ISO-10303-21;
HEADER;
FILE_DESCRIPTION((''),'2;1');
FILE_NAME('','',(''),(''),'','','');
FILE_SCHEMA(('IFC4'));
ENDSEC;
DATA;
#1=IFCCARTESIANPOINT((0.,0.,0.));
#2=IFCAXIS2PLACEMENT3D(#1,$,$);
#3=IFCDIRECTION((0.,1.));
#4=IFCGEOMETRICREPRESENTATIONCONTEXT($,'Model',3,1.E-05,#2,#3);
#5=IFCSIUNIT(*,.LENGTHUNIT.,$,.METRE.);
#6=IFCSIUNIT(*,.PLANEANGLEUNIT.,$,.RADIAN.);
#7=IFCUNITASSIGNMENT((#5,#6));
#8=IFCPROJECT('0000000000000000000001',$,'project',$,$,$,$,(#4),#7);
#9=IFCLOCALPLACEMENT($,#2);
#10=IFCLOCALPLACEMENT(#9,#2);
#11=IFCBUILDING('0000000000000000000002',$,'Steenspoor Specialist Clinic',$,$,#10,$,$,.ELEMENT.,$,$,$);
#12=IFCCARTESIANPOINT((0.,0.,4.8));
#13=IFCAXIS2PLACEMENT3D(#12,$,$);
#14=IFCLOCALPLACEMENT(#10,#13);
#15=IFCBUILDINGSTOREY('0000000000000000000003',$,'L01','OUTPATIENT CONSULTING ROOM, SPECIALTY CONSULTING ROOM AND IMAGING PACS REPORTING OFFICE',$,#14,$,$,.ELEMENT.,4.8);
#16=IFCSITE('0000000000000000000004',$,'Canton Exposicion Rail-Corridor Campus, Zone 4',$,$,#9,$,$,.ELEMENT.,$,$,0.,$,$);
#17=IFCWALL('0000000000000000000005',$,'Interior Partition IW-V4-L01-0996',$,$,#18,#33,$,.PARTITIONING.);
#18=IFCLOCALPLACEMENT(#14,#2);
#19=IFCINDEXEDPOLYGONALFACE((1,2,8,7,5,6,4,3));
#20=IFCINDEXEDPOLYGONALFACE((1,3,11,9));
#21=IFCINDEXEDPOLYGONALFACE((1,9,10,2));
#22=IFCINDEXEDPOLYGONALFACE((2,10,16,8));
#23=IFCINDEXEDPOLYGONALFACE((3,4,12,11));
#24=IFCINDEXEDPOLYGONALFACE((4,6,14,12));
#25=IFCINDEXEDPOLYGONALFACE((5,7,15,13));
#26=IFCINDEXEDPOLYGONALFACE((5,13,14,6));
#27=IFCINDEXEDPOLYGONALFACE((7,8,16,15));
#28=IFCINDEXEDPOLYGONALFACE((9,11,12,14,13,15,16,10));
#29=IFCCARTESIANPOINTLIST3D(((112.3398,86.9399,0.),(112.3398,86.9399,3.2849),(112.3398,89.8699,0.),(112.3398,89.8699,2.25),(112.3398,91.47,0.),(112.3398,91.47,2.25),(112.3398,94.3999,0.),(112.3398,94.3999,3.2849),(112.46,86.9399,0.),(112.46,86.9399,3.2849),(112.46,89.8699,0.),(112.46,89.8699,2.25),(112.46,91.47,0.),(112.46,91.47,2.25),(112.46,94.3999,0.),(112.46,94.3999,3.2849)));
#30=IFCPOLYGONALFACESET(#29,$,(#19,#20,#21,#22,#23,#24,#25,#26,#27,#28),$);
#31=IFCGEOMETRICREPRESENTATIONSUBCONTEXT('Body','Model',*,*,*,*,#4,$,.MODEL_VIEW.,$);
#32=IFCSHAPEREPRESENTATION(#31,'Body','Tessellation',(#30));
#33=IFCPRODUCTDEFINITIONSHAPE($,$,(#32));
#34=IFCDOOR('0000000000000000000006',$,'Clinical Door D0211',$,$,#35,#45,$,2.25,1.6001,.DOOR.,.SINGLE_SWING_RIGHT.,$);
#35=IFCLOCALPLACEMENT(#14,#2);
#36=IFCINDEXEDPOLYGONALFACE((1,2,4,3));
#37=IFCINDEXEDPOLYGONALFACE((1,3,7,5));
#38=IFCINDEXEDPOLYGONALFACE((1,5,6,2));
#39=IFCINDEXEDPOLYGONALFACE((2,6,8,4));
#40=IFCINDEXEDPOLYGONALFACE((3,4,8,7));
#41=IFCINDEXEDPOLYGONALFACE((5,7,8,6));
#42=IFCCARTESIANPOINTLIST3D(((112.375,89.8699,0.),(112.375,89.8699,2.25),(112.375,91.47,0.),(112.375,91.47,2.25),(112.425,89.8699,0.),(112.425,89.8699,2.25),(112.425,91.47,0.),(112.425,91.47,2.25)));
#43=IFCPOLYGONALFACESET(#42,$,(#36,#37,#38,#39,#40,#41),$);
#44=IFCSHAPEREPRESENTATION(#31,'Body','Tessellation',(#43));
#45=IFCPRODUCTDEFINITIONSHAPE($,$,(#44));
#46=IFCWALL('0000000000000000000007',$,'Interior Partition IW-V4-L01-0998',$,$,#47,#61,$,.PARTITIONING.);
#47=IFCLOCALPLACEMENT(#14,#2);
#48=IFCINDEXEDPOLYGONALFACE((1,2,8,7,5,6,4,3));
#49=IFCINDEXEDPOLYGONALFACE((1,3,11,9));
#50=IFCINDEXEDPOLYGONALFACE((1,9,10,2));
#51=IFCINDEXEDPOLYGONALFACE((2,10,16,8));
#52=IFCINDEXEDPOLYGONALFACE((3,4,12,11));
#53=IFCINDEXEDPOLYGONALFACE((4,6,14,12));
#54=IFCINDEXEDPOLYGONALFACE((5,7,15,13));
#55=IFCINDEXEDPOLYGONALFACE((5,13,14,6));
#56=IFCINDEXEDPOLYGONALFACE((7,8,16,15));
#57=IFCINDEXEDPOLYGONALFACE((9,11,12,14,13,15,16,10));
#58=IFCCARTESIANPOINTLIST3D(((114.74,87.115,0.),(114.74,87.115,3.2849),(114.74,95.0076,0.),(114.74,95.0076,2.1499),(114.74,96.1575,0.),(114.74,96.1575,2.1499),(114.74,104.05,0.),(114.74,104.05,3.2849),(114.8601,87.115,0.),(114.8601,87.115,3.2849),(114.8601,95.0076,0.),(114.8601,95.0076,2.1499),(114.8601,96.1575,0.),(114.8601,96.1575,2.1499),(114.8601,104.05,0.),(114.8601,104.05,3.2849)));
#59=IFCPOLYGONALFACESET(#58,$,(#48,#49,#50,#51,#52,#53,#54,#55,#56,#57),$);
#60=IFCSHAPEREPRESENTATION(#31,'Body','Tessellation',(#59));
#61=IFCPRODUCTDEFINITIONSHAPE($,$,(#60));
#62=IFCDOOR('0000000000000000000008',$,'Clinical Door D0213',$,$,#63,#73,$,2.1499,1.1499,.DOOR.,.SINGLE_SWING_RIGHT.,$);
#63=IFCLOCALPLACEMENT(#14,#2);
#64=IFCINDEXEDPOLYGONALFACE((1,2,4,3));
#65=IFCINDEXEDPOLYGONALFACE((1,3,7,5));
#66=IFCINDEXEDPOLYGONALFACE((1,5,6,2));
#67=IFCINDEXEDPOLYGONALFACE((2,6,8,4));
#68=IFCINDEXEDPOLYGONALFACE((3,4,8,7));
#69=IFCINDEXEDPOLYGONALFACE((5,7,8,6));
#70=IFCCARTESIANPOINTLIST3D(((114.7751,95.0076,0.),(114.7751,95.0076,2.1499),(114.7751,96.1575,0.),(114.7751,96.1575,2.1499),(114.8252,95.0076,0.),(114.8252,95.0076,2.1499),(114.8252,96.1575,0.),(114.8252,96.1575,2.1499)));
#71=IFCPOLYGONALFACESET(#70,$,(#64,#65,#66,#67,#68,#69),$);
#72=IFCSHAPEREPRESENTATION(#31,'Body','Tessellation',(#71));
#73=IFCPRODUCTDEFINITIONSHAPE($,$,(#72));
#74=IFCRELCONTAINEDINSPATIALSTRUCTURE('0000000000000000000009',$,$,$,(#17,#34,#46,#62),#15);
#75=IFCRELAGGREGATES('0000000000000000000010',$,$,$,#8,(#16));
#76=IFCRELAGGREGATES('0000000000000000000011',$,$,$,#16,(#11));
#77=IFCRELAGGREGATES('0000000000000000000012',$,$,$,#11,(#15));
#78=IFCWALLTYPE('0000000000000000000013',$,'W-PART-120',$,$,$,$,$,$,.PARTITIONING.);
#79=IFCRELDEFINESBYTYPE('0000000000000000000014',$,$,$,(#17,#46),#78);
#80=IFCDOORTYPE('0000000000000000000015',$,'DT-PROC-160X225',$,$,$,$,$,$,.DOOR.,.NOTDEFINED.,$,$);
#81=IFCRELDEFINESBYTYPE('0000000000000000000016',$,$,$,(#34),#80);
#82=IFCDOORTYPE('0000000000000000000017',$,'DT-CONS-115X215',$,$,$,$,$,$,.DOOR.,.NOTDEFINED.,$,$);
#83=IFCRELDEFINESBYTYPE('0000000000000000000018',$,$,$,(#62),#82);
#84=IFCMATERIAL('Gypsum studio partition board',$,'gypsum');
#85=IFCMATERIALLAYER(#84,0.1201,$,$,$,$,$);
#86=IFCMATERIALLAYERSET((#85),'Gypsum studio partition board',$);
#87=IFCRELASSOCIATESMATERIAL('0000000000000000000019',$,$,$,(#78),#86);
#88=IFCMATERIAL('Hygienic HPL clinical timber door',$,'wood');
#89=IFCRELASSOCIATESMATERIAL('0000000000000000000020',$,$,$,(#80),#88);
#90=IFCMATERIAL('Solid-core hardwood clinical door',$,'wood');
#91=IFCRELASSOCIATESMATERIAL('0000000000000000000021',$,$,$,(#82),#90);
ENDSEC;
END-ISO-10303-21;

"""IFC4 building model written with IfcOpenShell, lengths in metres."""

from ifc_helpers import new_model, si_unit, direction, frame, frame_2d, origin, place, context, subcontext, project, spatial, rectangle, extrude, material, layer, layer_set, type_object, element, fill, save


model = new_model("IFC4")

# Units and contexts
model_context = context("Model", 3, precision=1e-05, world=origin(), true_north=direction((0.0, 1.0)))
body_context = subcontext(model_context, "Body", "Model", "MODEL_VIEW")
ifc_project = project(units=[si_unit("LENGTHUNIT", "METRE"), si_unit("PLANEANGLEUNIT", "RADIAN")], contexts=[model_context])

# Site, building, storey
site_placement = place(None, origin())
site = spatial("IfcSite", under=ifc_project, at=site_placement, Name="Canton Exposicion Rail-Corridor Campus, Zone 4", CompositionType="ELEMENT", RefElevation=0.0)
building_placement = place(site_placement, origin())
building = spatial("IfcBuilding", under=site, at=building_placement, Name="Steenspoor Specialist Clinic", CompositionType="ELEMENT")
storey_placement = place(building_placement, frame((0.0, 0.0, 4.8)))
storey = spatial("IfcBuildingStorey", under=building, at=storey_placement, Name="L01", Description="OUTPATIENT CONSULTING ROOM, SPECIALTY CONSULTING ROOM AND IMAGING PACS REPORTING OFFICE", CompositionType="ELEMENT", Elevation=4.8)

# Walls, openings, doors
ifc_material_1 = material(Name="Gypsum studio partition board", Category="gypsum")
ifc_layer_1 = layer(ifc_material_1, 0.1201)
ifc_layer_set_1 = layer_set([ifc_layer_1], Name="Gypsum studio partition board")
wall_type_1 = type_object("IfcWallType", Name="W-PART-120", PredefinedType="PARTITIONING", material=ifc_layer_set_1)
wall_1_placement = place(storey_placement, frame((112.3999, 86.9399, 0.0), z_axis=(0.0, 0.0, 1.0), x_axis=(0.0, 1.0, 0.0)))
wall_1 = element("IfcWall", 1, at=wall_1_placement, inside=storey, type_object=wall_type_1, Name="Interior Partition IW-V4-L01-0996", PredefinedType="PARTITIONING", context=body_context, shape_type="SweptSolid", body=[
    extrude(rectangle(XDim=7.46, YDim=0.1201, at=frame_2d((3.73, 0.0))), origin(), (0.0, 0.0, 1.0), 3.2849),
])
opening_1_placement = place(wall_1_placement, frame((2.9299, 0.0, 0.0)))
opening_1 = element("IfcOpeningElement", 2, at=opening_1_placement, cuts=wall_1, PredefinedType="OPENING", context=body_context, shape_type="SweptSolid", body=[
    extrude(rectangle(XDim=1.6001, YDim=2.25, at=frame_2d((0.8, 1.125))), frame((0.0, 0.0701, 0.0), z_axis=(0.0, -1.0, 0.0), x_axis=(1.0, 0.0, 0.0)), (0.0, 0.0, 1.0), 0.1401),
])
ifc_material_2 = material(Name="Hygienic HPL clinical timber door", Category="wood")
door_type_1 = type_object("IfcDoorType", Name="DT-PROC-160X225", OperationType="NOTDEFINED", PredefinedType="DOOR", material=ifc_material_2)
door_1_placement = place(opening_1_placement, origin())
door_1 = element("IfcDoor", 3, at=door_1_placement, inside=storey, type_object=door_type_1, Name="Clinical Door D0211", OperationType="SINGLE_SWING_RIGHT", OverallHeight=2.25, OverallWidth=1.6001, PredefinedType="DOOR", context=body_context, shape_type="SweptSolid", body=[
    extrude(rectangle(XDim=1.6001, YDim=2.25, at=frame_2d((0.8, 1.125))), frame((0.0, 0.0249, 0.0), z_axis=(0.0, -1.0, 0.0), x_axis=(1.0, 0.0, 0.0)), (0.0, 0.0, 1.0), 0.05),
])
fill(opening_1, door_1)
wall_2_placement = place(storey_placement, frame((114.8, 87.115, 0.0), z_axis=(0.0, 0.0, 1.0), x_axis=(0.0, 1.0, 0.0)))
wall_2 = element("IfcWall", 4, at=wall_2_placement, inside=storey, type_object=wall_type_1, Name="Interior Partition IW-V4-L01-0998", PredefinedType="PARTITIONING", context=body_context, shape_type="SweptSolid", body=[
    extrude(rectangle(XDim=16.9351, YDim=0.1201, at=frame_2d((8.4675, 0.0))), origin(), (0.0, 0.0, 1.0), 3.2849),
])
opening_2_placement = place(wall_2_placement, frame((7.8926, 0.0, 0.0)))
opening_2 = element("IfcOpeningElement", 5, at=opening_2_placement, cuts=wall_2, PredefinedType="OPENING", context=body_context, shape_type="SweptSolid", body=[
    extrude(rectangle(XDim=1.1499, YDim=2.1499, at=frame_2d((0.575, 1.075))), frame((0.0, 0.0701, 0.0), z_axis=(0.0, -1.0, 0.0), x_axis=(1.0, 0.0, 0.0)), (0.0, 0.0, 1.0), 0.1401),
])
ifc_material_3 = material(Name="Solid-core hardwood clinical door", Category="wood")
door_type_2 = type_object("IfcDoorType", Name="DT-CONS-115X215", OperationType="NOTDEFINED", PredefinedType="DOOR", material=ifc_material_3)
door_2_placement = place(opening_2_placement, origin())
door_2 = element("IfcDoor", 6, at=door_2_placement, inside=storey, type_object=door_type_2, Name="Clinical Door D0213", OperationType="SINGLE_SWING_RIGHT", OverallHeight=2.1499, OverallWidth=1.1499, PredefinedType="DOOR", context=body_context, shape_type="SweptSolid", body=[
    extrude(rectangle(XDim=1.1499, YDim=2.1499, at=frame_2d((0.575, 1.075))), frame((0.0, 0.0249, 0.0), z_axis=(0.0, -1.0, 0.0), x_axis=(1.0, 0.0, 0.0)), (0.0, 0.0, 1.0), 0.05),
])
fill(opening_2, door_2)

save(model, "model.ifc")
